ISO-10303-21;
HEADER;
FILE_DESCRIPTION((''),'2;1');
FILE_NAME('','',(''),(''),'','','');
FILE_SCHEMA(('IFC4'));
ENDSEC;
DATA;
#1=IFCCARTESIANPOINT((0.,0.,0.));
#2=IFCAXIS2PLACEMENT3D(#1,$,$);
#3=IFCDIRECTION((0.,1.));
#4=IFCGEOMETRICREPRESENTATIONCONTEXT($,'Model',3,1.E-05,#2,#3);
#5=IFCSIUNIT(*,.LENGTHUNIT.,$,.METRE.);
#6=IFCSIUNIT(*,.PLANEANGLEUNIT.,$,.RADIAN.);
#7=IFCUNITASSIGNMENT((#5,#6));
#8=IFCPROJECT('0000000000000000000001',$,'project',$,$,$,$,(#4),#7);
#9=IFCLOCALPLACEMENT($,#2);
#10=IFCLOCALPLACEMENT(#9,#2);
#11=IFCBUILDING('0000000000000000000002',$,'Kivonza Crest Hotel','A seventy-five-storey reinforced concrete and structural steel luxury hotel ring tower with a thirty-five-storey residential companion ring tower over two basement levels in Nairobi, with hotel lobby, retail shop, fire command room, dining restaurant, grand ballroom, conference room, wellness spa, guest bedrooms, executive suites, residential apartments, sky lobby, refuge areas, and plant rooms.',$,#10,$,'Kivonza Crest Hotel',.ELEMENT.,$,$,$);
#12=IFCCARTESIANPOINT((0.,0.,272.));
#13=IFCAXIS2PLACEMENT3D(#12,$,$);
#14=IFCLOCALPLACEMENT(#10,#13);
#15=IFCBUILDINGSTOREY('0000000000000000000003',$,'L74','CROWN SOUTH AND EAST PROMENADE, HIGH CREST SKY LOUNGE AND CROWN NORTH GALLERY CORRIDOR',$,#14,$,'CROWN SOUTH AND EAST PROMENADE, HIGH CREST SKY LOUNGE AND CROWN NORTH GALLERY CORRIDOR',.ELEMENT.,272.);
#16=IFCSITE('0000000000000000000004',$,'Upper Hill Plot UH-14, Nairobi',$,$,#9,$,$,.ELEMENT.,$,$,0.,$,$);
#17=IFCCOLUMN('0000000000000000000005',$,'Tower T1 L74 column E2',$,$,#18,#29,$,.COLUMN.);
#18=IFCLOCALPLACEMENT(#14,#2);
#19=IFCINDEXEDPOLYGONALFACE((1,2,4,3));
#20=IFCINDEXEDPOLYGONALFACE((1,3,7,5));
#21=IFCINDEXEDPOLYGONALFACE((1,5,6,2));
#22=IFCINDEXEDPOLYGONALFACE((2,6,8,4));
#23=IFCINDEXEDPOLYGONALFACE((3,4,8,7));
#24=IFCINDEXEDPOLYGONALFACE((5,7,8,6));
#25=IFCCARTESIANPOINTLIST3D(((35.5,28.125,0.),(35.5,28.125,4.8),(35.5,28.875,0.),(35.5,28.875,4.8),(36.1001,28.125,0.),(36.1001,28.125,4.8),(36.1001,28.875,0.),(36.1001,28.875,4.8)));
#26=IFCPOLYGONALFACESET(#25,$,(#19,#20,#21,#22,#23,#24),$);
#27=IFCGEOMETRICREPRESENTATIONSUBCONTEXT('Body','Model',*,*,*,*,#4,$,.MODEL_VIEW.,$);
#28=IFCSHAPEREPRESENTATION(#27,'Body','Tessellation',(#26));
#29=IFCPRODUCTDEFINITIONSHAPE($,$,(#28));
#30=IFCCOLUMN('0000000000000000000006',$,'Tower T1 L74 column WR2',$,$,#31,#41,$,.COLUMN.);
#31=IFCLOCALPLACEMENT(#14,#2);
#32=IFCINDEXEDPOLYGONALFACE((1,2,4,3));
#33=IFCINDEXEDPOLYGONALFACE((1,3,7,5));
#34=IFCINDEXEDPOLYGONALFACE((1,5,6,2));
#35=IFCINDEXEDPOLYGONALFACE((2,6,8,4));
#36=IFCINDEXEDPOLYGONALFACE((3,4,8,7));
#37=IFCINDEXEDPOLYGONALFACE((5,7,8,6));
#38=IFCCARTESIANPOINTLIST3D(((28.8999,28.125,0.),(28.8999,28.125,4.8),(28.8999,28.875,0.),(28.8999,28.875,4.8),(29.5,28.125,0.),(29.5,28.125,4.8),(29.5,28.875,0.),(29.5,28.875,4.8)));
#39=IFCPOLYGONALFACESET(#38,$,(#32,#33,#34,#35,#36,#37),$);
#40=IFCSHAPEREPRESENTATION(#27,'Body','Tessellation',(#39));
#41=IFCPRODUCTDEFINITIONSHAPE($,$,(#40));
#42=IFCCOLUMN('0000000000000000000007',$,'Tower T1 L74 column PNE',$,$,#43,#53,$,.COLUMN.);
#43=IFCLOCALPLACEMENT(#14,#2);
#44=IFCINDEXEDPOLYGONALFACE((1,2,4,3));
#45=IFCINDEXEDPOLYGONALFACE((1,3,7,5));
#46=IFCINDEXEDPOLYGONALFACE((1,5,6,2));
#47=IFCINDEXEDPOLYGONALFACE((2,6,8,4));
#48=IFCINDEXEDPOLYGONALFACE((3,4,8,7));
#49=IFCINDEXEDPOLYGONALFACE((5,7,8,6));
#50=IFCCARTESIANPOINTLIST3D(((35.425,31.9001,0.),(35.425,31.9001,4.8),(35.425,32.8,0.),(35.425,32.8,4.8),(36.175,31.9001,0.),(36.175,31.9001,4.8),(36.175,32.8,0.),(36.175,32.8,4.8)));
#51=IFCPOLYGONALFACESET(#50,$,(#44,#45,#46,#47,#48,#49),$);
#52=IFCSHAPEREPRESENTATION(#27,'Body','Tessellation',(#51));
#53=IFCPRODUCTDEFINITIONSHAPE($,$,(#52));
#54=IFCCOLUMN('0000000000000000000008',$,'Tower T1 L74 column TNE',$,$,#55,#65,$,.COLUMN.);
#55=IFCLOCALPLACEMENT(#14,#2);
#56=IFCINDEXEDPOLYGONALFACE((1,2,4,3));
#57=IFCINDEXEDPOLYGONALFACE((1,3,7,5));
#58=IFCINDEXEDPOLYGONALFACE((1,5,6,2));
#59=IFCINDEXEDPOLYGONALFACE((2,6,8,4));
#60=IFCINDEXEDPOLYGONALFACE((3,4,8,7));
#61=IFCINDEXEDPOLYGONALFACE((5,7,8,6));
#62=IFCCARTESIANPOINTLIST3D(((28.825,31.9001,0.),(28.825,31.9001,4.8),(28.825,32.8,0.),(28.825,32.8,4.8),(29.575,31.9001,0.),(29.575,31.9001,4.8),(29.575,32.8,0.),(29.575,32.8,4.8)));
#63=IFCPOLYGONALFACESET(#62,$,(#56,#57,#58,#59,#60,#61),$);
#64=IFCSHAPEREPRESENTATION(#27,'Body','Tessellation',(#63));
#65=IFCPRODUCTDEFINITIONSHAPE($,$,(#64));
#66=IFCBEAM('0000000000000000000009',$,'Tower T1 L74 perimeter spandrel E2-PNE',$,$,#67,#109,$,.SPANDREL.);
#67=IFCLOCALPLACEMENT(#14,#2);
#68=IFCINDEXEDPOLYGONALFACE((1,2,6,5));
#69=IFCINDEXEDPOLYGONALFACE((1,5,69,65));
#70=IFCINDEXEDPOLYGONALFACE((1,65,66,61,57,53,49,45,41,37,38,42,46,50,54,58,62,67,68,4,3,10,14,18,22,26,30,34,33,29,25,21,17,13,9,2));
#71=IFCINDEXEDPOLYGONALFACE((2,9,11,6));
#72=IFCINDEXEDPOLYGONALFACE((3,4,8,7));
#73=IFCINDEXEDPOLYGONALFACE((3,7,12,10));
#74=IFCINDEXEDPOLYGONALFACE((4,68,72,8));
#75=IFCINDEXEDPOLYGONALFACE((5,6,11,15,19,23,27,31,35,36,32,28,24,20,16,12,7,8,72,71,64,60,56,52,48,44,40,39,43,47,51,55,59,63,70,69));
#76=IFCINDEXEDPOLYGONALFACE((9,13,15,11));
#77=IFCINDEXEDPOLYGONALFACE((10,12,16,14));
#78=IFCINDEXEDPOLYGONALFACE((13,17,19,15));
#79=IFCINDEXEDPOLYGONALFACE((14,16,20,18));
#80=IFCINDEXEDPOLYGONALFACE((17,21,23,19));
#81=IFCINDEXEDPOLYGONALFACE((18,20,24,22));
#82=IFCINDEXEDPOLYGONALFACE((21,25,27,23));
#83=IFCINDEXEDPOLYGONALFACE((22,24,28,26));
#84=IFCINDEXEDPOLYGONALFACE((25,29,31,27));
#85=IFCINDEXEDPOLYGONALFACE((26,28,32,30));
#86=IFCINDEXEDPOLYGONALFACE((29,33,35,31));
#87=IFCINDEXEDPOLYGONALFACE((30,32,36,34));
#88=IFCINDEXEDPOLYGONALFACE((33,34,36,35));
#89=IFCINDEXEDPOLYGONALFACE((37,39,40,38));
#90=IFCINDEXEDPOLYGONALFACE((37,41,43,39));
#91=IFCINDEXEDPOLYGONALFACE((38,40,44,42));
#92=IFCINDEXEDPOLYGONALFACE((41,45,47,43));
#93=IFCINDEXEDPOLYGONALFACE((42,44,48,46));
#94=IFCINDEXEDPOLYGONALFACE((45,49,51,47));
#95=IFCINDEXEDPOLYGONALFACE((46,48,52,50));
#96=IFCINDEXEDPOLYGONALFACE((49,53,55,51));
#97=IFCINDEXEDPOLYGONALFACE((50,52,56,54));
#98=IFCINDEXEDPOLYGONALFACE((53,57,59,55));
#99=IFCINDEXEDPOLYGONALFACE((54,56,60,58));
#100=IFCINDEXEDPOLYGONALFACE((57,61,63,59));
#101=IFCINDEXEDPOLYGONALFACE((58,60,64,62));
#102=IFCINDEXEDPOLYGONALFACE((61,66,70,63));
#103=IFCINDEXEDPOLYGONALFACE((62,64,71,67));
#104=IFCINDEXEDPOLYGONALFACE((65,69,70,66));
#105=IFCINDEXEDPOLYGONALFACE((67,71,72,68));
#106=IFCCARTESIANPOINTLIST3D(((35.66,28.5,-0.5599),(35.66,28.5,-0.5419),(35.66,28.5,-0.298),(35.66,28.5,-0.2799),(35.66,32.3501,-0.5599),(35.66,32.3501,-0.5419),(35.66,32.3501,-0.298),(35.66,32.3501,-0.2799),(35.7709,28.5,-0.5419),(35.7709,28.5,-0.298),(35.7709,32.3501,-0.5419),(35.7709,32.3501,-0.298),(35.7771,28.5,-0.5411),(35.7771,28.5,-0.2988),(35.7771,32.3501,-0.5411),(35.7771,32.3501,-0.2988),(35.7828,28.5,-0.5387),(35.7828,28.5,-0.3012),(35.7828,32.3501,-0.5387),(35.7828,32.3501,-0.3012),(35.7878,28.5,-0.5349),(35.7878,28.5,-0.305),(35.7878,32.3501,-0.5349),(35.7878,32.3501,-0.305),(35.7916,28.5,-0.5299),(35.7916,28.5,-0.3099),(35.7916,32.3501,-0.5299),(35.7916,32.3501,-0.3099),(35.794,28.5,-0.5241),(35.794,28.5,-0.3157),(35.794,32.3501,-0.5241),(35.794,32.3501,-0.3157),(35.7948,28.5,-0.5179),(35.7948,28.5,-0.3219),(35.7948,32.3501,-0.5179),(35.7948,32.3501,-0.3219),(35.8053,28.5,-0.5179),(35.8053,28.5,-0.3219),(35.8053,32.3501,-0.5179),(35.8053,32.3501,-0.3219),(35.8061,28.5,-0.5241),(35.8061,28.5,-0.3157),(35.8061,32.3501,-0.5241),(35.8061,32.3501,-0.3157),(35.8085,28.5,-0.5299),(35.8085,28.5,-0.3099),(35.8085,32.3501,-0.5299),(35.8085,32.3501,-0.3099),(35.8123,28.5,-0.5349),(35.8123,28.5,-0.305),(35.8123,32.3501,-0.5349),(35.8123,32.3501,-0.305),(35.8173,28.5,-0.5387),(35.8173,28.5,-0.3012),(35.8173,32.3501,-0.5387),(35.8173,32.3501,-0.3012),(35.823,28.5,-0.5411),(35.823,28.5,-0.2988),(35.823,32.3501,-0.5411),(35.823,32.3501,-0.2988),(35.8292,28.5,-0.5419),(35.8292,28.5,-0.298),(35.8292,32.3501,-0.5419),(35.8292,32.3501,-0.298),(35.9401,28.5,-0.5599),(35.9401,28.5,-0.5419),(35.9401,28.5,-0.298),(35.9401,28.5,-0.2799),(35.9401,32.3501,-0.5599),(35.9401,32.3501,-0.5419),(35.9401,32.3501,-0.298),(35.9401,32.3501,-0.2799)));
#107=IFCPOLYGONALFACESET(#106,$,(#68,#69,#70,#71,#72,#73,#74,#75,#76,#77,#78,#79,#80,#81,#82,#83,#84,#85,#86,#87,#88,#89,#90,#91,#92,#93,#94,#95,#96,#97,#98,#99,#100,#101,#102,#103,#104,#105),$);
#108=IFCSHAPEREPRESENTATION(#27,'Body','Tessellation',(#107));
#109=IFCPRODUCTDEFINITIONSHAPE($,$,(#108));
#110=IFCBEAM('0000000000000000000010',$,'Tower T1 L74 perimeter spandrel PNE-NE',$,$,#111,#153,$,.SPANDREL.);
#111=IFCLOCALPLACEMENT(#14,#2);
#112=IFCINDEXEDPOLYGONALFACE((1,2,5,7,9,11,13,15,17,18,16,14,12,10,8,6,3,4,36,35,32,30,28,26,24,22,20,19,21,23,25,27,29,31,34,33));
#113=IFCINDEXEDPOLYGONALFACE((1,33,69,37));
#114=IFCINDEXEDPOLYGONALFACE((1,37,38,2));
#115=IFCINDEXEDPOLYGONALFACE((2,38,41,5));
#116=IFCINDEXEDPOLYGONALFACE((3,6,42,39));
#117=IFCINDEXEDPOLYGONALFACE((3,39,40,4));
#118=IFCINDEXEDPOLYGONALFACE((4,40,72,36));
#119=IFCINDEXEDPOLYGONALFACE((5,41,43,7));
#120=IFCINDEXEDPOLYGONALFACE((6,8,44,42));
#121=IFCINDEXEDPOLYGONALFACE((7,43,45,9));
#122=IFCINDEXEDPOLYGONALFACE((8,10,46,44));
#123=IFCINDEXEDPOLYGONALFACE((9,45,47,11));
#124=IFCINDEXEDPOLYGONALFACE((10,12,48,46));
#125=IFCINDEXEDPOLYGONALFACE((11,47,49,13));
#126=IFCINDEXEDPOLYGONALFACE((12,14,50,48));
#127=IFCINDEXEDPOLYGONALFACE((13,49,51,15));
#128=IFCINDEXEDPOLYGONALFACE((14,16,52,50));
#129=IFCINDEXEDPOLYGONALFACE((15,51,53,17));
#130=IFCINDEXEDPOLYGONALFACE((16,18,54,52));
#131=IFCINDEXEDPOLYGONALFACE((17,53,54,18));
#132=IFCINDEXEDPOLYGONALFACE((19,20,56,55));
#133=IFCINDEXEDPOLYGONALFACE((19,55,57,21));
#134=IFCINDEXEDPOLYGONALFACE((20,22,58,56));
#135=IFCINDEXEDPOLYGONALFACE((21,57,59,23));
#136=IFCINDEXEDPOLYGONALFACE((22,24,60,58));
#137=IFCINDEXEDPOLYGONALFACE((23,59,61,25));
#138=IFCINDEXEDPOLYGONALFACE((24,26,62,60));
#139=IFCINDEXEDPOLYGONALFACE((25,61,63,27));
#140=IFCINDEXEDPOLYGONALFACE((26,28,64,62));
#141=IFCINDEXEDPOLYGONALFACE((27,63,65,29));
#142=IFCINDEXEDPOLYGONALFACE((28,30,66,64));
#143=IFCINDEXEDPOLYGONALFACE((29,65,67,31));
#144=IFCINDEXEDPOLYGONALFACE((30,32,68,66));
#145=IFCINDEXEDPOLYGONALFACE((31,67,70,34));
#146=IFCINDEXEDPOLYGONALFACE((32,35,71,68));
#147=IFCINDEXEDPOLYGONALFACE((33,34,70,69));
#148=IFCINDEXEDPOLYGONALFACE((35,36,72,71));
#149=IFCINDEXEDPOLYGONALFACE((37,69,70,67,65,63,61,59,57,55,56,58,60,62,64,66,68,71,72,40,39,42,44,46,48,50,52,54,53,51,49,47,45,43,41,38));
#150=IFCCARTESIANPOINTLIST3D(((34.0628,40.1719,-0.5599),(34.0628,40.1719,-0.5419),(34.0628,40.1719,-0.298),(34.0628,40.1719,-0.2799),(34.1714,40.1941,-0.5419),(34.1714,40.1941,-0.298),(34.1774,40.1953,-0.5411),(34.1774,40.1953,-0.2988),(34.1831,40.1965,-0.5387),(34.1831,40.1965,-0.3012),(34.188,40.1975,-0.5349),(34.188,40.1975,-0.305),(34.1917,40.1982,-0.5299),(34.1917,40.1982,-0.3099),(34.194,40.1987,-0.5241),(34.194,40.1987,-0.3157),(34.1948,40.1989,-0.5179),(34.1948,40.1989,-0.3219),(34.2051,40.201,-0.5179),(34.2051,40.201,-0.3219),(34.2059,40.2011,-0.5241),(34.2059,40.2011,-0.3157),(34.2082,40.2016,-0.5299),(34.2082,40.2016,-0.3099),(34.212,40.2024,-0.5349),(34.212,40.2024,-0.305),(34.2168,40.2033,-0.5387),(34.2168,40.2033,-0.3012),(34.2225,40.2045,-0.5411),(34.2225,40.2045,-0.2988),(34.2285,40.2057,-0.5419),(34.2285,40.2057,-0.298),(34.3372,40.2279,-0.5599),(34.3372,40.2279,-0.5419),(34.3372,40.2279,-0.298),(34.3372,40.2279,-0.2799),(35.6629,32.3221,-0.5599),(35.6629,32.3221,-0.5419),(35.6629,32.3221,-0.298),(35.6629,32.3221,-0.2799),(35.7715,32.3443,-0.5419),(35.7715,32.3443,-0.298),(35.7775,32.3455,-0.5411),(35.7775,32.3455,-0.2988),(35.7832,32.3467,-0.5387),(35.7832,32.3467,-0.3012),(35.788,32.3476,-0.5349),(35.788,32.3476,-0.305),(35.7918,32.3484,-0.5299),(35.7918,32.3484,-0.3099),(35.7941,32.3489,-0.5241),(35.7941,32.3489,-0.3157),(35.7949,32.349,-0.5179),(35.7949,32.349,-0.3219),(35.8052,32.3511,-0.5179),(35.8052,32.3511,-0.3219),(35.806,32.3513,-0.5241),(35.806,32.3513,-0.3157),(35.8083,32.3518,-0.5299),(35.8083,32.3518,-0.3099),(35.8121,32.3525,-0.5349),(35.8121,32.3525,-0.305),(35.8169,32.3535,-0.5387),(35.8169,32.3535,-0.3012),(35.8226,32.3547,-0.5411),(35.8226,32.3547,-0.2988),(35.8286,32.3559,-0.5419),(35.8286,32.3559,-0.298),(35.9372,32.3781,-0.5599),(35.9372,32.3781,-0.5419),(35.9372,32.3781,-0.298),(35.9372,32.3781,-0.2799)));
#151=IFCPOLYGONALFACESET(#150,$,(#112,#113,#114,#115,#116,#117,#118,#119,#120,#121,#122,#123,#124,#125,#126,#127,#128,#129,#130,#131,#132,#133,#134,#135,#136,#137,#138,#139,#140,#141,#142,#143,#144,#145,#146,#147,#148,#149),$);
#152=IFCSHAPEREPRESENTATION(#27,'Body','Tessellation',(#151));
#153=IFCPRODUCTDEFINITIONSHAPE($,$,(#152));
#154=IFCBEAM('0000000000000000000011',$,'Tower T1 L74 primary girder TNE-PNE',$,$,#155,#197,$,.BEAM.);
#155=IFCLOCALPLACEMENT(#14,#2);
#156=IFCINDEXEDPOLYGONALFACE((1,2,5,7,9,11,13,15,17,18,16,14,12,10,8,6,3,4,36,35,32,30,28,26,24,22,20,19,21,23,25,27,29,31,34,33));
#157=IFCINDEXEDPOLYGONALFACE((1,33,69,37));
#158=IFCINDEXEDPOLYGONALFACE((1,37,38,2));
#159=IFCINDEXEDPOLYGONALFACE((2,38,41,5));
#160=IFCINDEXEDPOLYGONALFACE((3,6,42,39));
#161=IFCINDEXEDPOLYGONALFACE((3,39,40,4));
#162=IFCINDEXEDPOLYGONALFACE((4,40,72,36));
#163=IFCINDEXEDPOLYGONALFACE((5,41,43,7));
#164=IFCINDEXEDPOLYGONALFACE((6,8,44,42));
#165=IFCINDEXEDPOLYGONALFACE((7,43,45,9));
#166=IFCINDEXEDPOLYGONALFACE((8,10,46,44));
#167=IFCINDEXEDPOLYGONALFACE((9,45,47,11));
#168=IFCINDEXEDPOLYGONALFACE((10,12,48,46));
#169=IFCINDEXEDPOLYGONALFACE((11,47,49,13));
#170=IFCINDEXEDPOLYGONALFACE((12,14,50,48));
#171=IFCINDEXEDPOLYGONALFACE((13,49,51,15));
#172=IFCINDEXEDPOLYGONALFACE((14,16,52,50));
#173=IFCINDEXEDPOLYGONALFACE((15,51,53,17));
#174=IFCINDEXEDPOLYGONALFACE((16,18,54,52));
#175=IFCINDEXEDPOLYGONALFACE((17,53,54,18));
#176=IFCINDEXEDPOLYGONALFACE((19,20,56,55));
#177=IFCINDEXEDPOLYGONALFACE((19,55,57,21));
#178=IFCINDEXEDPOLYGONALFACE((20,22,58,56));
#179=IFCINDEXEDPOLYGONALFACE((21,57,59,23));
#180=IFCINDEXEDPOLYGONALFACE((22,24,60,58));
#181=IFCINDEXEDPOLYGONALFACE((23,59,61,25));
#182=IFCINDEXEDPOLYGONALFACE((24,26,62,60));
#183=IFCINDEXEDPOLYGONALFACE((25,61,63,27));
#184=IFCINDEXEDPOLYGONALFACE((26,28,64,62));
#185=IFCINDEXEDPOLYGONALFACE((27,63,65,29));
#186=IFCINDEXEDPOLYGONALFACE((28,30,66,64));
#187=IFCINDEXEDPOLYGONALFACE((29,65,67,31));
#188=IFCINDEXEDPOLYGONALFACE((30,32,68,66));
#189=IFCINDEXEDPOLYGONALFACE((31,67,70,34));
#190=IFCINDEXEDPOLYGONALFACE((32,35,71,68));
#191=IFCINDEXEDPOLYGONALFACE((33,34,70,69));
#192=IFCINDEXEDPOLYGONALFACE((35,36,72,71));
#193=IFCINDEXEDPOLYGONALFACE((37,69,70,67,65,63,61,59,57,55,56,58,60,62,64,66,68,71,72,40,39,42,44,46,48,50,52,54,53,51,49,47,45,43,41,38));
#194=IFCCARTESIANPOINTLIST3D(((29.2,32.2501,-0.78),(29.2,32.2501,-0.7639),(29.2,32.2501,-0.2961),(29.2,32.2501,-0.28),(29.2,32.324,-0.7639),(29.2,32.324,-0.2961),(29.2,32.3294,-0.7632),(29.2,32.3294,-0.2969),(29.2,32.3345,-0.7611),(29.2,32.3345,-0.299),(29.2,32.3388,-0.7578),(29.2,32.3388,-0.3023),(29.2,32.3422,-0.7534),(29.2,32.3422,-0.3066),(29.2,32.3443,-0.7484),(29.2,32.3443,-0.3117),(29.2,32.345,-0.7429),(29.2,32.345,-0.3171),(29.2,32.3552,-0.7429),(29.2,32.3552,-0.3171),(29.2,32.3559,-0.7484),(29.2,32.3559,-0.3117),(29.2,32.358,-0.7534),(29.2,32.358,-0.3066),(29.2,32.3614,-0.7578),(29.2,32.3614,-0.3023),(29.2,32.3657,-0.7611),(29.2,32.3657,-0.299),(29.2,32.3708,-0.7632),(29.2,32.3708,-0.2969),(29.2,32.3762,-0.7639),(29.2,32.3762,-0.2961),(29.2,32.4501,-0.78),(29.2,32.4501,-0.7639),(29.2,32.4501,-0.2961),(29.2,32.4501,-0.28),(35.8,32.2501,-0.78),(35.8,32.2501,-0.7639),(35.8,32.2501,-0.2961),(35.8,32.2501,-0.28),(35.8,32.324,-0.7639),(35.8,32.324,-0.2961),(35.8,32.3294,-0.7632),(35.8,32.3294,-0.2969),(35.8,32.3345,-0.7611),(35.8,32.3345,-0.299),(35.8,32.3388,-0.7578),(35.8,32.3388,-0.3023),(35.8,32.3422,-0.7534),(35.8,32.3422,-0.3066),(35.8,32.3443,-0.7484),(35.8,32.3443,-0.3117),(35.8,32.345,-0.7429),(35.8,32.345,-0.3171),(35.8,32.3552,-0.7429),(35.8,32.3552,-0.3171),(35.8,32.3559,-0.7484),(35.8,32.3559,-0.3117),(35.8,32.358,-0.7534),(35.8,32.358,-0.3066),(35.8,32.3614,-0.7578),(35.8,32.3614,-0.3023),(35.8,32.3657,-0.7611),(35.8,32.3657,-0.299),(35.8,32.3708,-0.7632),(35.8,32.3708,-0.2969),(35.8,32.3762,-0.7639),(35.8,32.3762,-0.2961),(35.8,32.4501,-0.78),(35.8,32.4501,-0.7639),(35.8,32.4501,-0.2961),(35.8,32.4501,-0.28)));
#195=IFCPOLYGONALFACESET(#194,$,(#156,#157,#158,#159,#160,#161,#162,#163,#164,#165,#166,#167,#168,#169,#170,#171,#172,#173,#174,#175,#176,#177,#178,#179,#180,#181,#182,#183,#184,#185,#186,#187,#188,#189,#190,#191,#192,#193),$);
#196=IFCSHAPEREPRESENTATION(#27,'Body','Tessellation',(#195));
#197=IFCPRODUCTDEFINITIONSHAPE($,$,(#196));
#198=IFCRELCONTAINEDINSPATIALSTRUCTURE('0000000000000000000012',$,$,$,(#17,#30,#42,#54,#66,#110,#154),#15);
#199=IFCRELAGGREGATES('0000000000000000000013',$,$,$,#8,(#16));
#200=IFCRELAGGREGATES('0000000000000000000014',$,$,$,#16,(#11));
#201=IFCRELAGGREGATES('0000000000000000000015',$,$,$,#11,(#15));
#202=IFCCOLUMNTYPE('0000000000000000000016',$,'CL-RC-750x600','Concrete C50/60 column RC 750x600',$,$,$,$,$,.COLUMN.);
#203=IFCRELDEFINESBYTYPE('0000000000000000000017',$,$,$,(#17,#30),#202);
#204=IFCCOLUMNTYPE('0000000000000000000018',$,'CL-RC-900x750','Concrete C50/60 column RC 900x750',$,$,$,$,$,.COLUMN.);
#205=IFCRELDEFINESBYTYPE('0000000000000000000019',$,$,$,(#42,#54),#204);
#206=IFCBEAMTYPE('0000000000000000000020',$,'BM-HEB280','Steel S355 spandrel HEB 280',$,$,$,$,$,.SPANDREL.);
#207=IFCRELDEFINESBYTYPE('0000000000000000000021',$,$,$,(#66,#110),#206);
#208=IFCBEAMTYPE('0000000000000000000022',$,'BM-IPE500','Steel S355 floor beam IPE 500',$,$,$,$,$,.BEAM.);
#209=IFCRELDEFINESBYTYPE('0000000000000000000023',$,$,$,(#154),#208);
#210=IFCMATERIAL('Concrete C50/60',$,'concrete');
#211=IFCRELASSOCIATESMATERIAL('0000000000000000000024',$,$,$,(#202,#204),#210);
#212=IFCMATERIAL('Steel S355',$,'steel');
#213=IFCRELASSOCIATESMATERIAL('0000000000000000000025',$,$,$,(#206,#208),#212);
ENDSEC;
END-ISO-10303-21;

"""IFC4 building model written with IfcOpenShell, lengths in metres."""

from ifc_helpers import new_model, si_unit, direction, frame, origin, origin_2d, place, context, subcontext, project, spatial, rectangle, i_section, extrude, material, material_profile, profile_set, type_object, element, save


model = new_model("IFC4")

# Units and contexts
model_context = context("Model", 3, precision=1e-05, world=origin(), true_north=direction((0.0, 1.0)))
body_context = subcontext(model_context, "Body", "Model", "MODEL_VIEW")
ifc_project = project(units=[si_unit("LENGTHUNIT", "METRE"), si_unit("PLANEANGLEUNIT", "RADIAN")], contexts=[model_context])

# Site, building, storey
site_placement = place(None, origin())
site = spatial("IfcSite", under=ifc_project, at=site_placement, Name="Upper Hill Plot UH-14, Nairobi", CompositionType="ELEMENT", RefElevation=0.0)
building_placement = place(site_placement, origin())
building = spatial("IfcBuilding", under=site, at=building_placement, Name="Kivonza Crest Hotel", Description="A seventy-five-storey reinforced concrete and structural steel luxury hotel ring tower with a thirty-five-storey residential companion ring tower over two basement levels in Nairobi, with hotel lobby, retail shop, fire command room, dining restaurant, grand ballroom, conference room, wellness spa, guest bedrooms, executive suites, residential apartments, sky lobby, refuge areas, and plant rooms.", LongName="Kivonza Crest Hotel", CompositionType="ELEMENT")
storey_placement = place(building_placement, frame((0.0, 0.0, 272.0)))
storey = spatial("IfcBuildingStorey", under=building, at=storey_placement, Name="L74", Description="CROWN SOUTH AND EAST PROMENADE, HIGH CREST SKY LOUNGE AND CROWN NORTH GALLERY CORRIDOR", LongName="CROWN SOUTH AND EAST PROMENADE, HIGH CREST SKY LOUNGE AND CROWN NORTH GALLERY CORRIDOR", CompositionType="ELEMENT", Elevation=272.0)

# Columns
ifc_material_1 = material(Name="Concrete C50/60", Category="concrete")
ifc_material_profile_1 = material_profile(ifc_material_1, rectangle(XDim=0.6001, YDim=0.75, at=origin_2d()), Name="RC 750x600")
ifc_profile_set_1 = profile_set([ifc_material_profile_1], Name="Concrete C50/60")
column_type_1 = type_object("IfcColumnType", Name="CL-RC-750x600", Description="Concrete C50/60 column RC 750x600", PredefinedType="COLUMN", material=ifc_profile_set_1)
for number, where, z_axis, x_axis, name in (
    (1, (35.8, 28.5, 0.0), (0.0, 0.0, 1.0), (1.0, 0.0, 0.0), "Tower T1 L74 column E2"),
    (2, (29.2, 28.5, 0.0), (0.0, 0.0, 1.0), (1.0, 0.0, 0.0), "Tower T1 L74 column WR2"),
):
    element("IfcColumn", number, at=place(storey_placement, frame(where, z_axis=z_axis, x_axis=x_axis)), inside=storey, type_object=column_type_1, Name=name, PredefinedType="COLUMN", context=body_context, shape_type="SweptSolid", body=[
        extrude(rectangle(XDim=0.6001, YDim=0.75, at=origin_2d()), origin(), (0.0, 0.0, 1.0), 4.8),
    ])
ifc_material_profile_2 = material_profile(ifc_material_1, rectangle(XDim=0.75, YDim=0.8999, at=origin_2d()), Name="RC 900x750")
ifc_profile_set_2 = profile_set([ifc_material_profile_2], Name="Concrete C50/60")
column_type_2 = type_object("IfcColumnType", Name="CL-RC-900x750", Description="Concrete C50/60 column RC 900x750", PredefinedType="COLUMN", material=ifc_profile_set_2)
for number, where, z_axis, x_axis, name in (
    (3, (35.8, 32.3501, 0.0), (0.0, 0.0, 1.0), (1.0, 0.0, 0.0), "Tower T1 L74 column PNE"),
    (4, (29.2, 32.3501, 0.0), (0.0, 0.0, 1.0), (1.0, 0.0, 0.0), "Tower T1 L74 column TNE"),
):
    element("IfcColumn", number, at=place(storey_placement, frame(where, z_axis=z_axis, x_axis=x_axis)), inside=storey, type_object=column_type_2, Name=name, PredefinedType="COLUMN", context=body_context, shape_type="SweptSolid", body=[
        extrude(rectangle(XDim=0.75, YDim=0.8999, at=origin_2d()), origin(), (0.0, 0.0, 1.0), 4.8),
    ])

# Beams
ifc_material_2 = material(Name="Steel S355", Category="steel")
ifc_material_profile_3 = material_profile(ifc_material_2, i_section(OverallWidth=0.28, OverallDepth=0.28, WebThickness=0.0105, FlangeThickness=0.0181, FilletRadius=0.0239, at=origin_2d()), Name="HEB 280")
ifc_profile_set_3 = profile_set([ifc_material_profile_3], Name="Steel S355")
beam_type_1 = type_object("IfcBeamType", Name="BM-HEB280", Description="Steel S355 spandrel HEB 280", PredefinedType="SPANDREL", material=ifc_profile_set_3)
beam_1_placement = place(storey_placement, frame((35.8, 28.5, -0.4199), z_axis=(0.0, 1.0, 0.0), x_axis=(-1.0, 0.0, 0.0)))
element("IfcBeam", 5, at=beam_1_placement, inside=storey, type_object=beam_type_1, Name="Tower T1 L74 perimeter spandrel E2-PNE", PredefinedType="SPANDREL", context=body_context, shape_type="SweptSolid", body=[
    extrude(i_section(OverallWidth=0.28, OverallDepth=0.28, WebThickness=0.0105, FlangeThickness=0.0181, FilletRadius=0.0239, at=origin_2d()), origin(), (0.0, 0.0, 1.0), 3.8501),
])
beam_2_placement = place(storey_placement, frame((35.8, 32.3501, -0.4199), z_axis=(-0.199731, 0.979851, 0.0), x_axis=(-0.979851, -0.199731, 0.0)))
element("IfcBeam", 6, at=beam_2_placement, inside=storey, type_object=beam_type_1, Name="Tower T1 L74 perimeter spandrel PNE-NE", PredefinedType="SPANDREL", context=body_context, shape_type="SweptSolid", body=[
    extrude(i_section(OverallWidth=0.28, OverallDepth=0.28, WebThickness=0.0105, FlangeThickness=0.0181, FilletRadius=0.0239, at=origin_2d()), origin(), (0.0, 0.0, 1.0), 8.0112),
])
ifc_material_profile_4 = material_profile(ifc_material_2, i_section(OverallWidth=0.2, OverallDepth=0.5, WebThickness=0.0103, FlangeThickness=0.0161, FilletRadius=0.021, at=origin_2d()), Name="IPE 500")
ifc_profile_set_4 = profile_set([ifc_material_profile_4], Name="Steel S355")
beam_type_2 = type_object("IfcBeamType", Name="BM-IPE500", Description="Steel S355 floor beam IPE 500", PredefinedType="BEAM", material=ifc_profile_set_4)
beam_3_placement = place(storey_placement, frame((29.2, 32.3501, -0.53), z_axis=(1.0, 0.0, 0.0), x_axis=(0.0, 1.0, 0.0)))
element("IfcBeam", 7, at=beam_3_placement, inside=storey, type_object=beam_type_2, Name="Tower T1 L74 primary girder TNE-PNE", PredefinedType="BEAM", context=body_context, shape_type="SweptSolid", body=[
    extrude(i_section(OverallWidth=0.2, OverallDepth=0.5, WebThickness=0.0103, FlangeThickness=0.0161, FilletRadius=0.021, at=origin_2d()), origin(), (0.0, 0.0, 1.0), 6.6001),
])

save(model, "model.ifc")
